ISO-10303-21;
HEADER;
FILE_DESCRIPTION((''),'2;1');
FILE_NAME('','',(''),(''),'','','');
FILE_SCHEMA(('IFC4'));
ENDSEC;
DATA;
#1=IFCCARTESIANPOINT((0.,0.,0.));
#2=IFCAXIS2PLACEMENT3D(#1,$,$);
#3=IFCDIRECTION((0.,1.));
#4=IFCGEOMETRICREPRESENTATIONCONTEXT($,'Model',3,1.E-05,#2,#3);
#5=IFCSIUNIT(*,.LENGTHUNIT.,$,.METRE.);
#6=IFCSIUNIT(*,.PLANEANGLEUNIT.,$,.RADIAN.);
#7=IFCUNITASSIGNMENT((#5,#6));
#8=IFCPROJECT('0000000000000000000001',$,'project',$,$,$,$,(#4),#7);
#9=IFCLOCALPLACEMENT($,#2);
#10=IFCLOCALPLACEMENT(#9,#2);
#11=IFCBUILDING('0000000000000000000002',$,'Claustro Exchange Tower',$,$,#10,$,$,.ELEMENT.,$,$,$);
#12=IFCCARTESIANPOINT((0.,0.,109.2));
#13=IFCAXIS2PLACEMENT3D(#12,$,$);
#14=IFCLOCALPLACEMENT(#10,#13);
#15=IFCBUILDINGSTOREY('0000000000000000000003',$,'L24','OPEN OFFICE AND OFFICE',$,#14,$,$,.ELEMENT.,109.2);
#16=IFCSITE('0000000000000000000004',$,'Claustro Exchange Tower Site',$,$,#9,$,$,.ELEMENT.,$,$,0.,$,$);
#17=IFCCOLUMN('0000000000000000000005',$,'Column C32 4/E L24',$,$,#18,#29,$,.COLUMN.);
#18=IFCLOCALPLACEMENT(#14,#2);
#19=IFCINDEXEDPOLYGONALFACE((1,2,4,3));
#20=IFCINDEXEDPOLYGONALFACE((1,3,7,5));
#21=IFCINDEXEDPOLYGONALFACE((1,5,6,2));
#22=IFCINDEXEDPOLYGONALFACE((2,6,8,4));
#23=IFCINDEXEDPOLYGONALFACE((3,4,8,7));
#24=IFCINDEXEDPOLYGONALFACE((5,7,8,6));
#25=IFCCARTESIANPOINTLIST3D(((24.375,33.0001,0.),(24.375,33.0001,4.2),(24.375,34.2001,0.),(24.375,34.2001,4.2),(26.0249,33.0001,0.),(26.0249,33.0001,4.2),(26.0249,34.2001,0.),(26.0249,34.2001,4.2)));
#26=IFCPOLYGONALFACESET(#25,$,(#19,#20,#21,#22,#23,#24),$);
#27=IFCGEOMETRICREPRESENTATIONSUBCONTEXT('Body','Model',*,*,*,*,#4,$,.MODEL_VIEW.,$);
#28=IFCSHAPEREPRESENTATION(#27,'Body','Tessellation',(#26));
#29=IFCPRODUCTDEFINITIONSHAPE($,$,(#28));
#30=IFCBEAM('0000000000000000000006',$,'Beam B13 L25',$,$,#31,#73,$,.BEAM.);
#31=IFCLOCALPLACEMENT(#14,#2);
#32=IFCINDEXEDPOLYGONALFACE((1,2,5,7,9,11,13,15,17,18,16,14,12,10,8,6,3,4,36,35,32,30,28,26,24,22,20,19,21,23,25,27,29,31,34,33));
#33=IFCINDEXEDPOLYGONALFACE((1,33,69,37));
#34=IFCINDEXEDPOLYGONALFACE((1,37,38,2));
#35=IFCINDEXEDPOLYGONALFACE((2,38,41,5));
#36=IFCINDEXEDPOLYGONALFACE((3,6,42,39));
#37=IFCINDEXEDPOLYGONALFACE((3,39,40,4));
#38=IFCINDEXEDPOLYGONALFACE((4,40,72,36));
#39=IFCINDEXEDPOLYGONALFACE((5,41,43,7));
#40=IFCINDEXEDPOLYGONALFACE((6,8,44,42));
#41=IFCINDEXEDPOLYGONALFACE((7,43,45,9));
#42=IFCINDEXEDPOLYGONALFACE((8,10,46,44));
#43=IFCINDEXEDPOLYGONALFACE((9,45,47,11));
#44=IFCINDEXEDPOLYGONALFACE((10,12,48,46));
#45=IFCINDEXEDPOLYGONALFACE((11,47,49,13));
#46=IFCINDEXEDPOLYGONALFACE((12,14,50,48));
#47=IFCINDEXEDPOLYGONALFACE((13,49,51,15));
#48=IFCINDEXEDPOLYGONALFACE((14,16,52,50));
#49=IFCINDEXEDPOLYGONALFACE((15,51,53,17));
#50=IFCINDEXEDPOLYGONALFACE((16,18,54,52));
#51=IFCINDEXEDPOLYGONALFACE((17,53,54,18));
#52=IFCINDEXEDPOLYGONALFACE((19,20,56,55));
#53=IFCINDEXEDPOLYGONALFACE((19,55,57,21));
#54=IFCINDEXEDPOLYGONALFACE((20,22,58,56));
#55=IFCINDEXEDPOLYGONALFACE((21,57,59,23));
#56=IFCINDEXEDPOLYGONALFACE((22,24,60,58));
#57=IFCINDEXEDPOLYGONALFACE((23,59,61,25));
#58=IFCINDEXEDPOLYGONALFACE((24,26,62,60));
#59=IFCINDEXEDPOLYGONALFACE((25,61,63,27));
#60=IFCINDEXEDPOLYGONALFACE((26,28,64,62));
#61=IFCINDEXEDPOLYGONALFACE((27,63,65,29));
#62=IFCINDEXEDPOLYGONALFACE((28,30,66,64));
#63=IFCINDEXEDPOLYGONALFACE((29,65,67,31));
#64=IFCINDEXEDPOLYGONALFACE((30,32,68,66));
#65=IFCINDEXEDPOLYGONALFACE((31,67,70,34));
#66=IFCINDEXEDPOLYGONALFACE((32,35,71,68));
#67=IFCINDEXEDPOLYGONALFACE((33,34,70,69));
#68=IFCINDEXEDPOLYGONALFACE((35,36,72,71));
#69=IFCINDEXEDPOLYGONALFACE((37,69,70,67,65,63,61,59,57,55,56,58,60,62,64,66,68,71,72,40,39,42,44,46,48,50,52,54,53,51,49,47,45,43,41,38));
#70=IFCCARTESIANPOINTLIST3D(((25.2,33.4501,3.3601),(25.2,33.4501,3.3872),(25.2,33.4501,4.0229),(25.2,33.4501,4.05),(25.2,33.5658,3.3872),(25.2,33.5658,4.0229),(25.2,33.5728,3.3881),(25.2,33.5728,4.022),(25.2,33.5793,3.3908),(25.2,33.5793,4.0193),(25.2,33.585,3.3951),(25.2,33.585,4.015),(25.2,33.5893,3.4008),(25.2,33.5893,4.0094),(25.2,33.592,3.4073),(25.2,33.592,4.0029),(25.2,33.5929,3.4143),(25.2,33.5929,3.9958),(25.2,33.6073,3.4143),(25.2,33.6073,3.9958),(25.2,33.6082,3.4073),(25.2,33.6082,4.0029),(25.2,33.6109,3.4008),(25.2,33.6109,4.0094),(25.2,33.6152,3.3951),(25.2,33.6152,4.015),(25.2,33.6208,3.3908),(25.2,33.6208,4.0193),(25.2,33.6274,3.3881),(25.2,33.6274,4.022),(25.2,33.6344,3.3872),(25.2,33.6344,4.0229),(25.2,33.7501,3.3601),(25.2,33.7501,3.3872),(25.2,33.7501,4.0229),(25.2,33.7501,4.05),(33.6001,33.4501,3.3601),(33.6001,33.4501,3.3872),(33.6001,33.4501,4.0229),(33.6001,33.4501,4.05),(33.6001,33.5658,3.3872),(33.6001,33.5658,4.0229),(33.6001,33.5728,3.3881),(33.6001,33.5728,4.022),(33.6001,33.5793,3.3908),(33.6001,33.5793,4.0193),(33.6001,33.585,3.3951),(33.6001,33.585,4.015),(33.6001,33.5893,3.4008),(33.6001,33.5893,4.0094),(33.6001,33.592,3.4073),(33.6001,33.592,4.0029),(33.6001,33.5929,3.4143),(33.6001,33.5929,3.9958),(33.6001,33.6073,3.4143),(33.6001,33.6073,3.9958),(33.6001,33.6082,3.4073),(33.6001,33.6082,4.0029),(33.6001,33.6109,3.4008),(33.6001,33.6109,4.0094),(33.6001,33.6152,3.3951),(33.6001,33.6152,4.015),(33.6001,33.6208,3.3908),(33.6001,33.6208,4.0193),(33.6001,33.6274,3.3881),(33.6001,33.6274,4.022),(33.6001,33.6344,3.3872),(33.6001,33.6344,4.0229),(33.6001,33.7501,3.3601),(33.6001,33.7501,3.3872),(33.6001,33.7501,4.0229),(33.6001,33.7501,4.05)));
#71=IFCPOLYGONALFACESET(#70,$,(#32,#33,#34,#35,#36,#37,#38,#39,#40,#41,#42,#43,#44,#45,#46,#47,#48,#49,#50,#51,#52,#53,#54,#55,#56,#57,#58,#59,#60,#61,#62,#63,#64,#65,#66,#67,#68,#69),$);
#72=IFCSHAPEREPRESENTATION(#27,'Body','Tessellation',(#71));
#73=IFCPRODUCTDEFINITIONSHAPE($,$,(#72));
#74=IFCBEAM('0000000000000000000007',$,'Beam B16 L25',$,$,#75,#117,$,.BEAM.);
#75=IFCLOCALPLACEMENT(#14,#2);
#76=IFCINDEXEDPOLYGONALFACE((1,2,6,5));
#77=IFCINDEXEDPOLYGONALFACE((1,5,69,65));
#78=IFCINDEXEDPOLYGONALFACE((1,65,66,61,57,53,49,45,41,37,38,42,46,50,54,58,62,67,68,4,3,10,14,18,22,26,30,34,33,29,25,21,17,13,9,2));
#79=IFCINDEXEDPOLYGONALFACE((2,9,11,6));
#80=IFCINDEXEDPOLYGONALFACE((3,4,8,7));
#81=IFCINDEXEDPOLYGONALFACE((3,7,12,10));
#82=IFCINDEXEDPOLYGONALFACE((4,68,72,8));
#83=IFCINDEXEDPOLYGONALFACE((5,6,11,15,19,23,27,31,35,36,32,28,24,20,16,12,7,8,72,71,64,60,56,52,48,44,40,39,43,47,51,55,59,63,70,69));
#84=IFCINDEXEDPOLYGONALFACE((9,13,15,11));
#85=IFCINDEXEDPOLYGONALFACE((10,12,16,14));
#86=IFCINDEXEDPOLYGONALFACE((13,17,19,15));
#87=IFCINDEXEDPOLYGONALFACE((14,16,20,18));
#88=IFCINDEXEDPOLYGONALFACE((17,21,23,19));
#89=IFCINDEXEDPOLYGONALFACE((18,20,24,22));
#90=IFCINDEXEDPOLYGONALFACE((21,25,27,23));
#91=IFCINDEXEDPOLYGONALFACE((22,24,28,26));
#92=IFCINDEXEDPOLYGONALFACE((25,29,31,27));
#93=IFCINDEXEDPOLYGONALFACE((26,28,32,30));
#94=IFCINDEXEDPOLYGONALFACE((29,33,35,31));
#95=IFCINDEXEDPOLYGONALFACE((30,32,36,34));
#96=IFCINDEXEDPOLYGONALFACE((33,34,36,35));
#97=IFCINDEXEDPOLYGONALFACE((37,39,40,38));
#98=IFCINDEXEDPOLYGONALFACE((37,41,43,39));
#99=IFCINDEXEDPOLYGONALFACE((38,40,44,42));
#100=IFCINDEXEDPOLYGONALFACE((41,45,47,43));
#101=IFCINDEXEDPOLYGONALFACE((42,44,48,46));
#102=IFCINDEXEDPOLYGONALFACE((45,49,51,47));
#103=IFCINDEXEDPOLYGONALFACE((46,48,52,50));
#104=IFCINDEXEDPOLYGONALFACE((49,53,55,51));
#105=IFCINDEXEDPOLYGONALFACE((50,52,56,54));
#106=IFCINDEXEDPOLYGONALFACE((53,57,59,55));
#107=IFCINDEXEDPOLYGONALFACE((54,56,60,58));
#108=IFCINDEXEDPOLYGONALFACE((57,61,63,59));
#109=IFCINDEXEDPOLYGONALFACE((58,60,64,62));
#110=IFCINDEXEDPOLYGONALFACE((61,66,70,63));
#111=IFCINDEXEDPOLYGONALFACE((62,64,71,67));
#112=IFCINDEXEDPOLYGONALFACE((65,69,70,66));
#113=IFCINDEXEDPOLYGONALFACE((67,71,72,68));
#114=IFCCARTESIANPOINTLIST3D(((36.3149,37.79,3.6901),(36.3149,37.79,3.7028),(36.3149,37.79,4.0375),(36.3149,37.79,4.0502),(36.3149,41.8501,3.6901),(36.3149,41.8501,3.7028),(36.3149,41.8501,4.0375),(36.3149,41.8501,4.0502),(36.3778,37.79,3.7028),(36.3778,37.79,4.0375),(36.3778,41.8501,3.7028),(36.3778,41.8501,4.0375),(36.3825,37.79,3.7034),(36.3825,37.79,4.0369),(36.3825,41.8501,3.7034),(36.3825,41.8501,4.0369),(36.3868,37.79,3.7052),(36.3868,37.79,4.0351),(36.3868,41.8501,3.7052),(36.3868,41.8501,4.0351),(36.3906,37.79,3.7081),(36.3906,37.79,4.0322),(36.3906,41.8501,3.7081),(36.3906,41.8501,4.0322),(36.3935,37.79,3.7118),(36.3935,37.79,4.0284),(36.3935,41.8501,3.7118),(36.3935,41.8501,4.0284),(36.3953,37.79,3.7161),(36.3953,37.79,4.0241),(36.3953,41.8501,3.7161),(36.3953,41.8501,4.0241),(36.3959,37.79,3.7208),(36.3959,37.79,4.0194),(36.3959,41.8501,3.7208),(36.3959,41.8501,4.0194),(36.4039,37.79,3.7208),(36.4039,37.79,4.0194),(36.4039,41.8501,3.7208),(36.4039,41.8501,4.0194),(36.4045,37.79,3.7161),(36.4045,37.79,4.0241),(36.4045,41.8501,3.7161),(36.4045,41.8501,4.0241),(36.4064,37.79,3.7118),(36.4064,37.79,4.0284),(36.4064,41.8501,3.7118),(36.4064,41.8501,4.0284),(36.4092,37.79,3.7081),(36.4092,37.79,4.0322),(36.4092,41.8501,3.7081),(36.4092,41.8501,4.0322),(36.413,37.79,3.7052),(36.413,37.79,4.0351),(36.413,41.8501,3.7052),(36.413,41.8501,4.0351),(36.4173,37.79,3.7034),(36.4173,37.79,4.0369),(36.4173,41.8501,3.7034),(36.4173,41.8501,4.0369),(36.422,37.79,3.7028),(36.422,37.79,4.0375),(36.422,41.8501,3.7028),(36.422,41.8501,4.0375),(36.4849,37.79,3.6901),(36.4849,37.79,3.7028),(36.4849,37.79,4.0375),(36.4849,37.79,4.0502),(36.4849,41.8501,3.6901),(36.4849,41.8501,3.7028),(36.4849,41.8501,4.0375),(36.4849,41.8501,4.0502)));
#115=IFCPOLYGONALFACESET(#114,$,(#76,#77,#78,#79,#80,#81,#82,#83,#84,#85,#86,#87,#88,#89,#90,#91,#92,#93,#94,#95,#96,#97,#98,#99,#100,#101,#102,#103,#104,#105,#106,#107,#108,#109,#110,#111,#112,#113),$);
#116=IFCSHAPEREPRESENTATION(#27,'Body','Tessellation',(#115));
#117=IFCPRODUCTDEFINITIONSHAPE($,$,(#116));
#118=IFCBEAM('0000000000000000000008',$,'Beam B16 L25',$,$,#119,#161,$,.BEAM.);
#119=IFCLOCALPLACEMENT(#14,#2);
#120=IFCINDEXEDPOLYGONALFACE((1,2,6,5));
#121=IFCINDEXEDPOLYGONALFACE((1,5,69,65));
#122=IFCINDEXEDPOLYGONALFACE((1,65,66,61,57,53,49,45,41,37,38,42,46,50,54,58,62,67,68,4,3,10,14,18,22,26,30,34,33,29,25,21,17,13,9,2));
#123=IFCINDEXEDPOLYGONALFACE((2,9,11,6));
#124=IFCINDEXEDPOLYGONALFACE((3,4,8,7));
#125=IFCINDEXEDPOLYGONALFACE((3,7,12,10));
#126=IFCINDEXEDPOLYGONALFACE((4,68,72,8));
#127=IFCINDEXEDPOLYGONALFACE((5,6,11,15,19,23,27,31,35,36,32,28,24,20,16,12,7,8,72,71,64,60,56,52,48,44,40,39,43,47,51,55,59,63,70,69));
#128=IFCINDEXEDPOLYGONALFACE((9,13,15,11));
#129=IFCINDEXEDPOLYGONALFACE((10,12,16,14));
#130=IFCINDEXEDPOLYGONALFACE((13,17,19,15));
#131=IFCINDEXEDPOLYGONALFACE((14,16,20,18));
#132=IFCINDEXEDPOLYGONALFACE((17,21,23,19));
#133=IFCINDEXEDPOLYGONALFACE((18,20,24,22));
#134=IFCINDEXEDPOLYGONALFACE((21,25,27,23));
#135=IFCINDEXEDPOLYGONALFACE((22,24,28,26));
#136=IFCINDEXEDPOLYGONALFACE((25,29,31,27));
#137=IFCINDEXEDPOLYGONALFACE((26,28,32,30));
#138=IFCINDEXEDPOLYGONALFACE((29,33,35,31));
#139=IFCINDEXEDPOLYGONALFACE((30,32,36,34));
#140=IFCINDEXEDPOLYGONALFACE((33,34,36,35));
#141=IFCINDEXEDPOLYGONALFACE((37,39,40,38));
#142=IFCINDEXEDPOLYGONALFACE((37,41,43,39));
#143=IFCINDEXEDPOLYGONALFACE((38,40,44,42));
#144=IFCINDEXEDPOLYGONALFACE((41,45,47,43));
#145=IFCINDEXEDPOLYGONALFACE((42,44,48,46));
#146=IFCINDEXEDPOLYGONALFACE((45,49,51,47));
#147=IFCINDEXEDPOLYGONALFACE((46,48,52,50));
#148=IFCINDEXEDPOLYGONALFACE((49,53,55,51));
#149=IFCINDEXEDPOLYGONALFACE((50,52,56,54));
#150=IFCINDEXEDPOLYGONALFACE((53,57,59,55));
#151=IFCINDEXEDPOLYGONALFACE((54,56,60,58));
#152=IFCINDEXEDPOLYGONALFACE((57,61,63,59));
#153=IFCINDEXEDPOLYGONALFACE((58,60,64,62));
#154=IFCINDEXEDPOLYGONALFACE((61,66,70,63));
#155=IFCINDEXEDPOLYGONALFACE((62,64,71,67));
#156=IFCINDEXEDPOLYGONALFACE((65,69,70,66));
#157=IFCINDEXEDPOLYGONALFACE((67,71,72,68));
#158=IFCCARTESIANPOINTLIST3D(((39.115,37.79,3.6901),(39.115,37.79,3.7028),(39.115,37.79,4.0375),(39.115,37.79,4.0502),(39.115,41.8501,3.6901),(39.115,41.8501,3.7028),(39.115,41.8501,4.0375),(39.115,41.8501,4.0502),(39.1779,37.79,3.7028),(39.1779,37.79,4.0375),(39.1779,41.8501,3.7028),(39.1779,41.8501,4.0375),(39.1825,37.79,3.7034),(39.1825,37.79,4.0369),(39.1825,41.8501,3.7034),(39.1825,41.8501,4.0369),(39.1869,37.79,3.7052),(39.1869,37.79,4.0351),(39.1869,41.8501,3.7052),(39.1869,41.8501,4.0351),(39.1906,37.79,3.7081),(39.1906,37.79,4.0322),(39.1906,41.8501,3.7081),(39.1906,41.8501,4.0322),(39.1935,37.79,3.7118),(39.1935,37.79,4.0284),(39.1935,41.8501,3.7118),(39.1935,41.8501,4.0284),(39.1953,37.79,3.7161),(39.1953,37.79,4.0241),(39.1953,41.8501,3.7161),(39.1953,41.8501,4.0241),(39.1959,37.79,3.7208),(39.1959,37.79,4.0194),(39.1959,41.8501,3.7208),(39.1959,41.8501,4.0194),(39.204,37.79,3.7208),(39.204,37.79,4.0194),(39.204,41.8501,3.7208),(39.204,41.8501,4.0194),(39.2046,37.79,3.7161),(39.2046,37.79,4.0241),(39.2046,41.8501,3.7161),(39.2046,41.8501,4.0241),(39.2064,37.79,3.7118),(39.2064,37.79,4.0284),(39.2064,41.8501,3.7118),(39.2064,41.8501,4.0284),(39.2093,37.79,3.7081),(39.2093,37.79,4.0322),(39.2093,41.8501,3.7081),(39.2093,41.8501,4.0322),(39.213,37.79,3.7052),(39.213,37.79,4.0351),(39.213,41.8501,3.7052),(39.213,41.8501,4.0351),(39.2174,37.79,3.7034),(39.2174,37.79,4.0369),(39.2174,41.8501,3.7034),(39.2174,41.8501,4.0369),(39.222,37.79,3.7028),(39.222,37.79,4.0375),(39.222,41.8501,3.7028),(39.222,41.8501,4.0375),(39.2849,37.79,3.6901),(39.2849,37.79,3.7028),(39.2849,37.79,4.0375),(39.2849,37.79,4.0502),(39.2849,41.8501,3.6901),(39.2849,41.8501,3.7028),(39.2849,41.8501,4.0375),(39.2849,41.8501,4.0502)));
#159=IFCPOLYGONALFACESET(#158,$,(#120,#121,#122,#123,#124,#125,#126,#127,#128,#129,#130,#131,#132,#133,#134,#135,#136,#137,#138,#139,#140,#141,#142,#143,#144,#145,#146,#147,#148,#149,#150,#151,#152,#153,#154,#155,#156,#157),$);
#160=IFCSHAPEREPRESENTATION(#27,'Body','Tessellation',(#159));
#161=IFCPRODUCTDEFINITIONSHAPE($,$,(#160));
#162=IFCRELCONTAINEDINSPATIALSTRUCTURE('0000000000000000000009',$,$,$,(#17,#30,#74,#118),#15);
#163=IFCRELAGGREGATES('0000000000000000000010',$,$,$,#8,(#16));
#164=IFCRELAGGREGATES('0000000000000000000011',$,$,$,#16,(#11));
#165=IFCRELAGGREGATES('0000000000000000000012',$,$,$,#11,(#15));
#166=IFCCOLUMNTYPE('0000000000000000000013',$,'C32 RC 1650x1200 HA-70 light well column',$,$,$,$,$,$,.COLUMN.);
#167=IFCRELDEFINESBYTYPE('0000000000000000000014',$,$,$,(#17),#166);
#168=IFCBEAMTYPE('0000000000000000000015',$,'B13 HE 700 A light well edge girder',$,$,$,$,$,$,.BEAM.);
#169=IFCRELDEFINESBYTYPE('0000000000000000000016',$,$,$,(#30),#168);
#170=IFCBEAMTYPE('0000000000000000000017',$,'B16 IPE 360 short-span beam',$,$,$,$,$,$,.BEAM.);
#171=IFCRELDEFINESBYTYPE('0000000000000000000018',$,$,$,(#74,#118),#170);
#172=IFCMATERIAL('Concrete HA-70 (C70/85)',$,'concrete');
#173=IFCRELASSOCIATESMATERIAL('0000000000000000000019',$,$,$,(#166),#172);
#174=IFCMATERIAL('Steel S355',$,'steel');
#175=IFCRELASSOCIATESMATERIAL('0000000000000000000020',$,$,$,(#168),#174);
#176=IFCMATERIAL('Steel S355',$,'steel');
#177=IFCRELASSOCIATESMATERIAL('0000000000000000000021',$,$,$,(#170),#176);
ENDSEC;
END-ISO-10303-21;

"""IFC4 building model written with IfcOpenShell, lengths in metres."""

from ifc_helpers import new_model, si_unit, direction, frame, origin, origin_2d, place, context, subcontext, project, spatial, rectangle, i_section, extrude, material, material_profile, profile_set, type_object, element, save


model = new_model("IFC4")

# Units and contexts
model_context = context("Model", 3, precision=1e-05, world=origin(), true_north=direction((0.0, 1.0)))
body_context = subcontext(model_context, "Body", "Model", "MODEL_VIEW")
ifc_project = project(units=[si_unit("LENGTHUNIT", "METRE"), si_unit("PLANEANGLEUNIT", "RADIAN")], contexts=[model_context])

# Site, building, storey
site_placement = place(None, origin())
site = spatial("IfcSite", under=ifc_project, at=site_placement, Name="Claustro Exchange Tower Site", CompositionType="ELEMENT", RefElevation=0.0)
building_placement = place(site_placement, origin())
building = spatial("IfcBuilding", under=site, at=building_placement, Name="Claustro Exchange Tower", CompositionType="ELEMENT")
storey_placement = place(building_placement, frame((0.0, 0.0, 109.2)))
storey = spatial("IfcBuildingStorey", under=building, at=storey_placement, Name="L24", Description="OPEN OFFICE AND OFFICE", CompositionType="ELEMENT", Elevation=109.2)

# Column
ifc_material_1 = material(Name="Concrete HA-70 (C70/85)", Category="concrete")
ifc_material_profile_1 = material_profile(ifc_material_1, rectangle(XDim=1.6499, YDim=1.2, at=origin_2d()), Name="RC 1650x1200")
ifc_profile_set_1 = profile_set([ifc_material_profile_1], Name="Concrete HA-70 (C70/85)")
column_type = type_object("IfcColumnType", Name="C32 RC 1650x1200 HA-70 light well column", PredefinedType="COLUMN", material=ifc_profile_set_1)
column_placement = place(storey_placement, frame((25.2, 33.6001, 0.0), z_axis=(0.0, 0.0, 1.0), x_axis=(1.0, 0.0, 0.0)))
element("IfcColumn", 1, at=column_placement, inside=storey, type_object=column_type, Name="Column C32 4/E L24", PredefinedType="COLUMN", context=body_context, shape_type="SweptSolid", body=[
    extrude(rectangle(XDim=1.6499, YDim=1.2, at=origin_2d()), origin(), (0.0, 0.0, 1.0), 4.2),
])

# Beams
ifc_material_2 = material(Name="Steel S355", Category="steel")
ifc_material_profile_2 = material_profile(ifc_material_2, i_section(OverallWidth=0.3, OverallDepth=0.6899, WebThickness=0.0144, FlangeThickness=0.0271, FilletRadius=0.0271, at=origin_2d()), Name="HE 700 A")
ifc_profile_set_2 = profile_set([ifc_material_profile_2], Name="Steel S355")
beam_type_1 = type_object("IfcBeamType", Name="B13 HE 700 A light well edge girder", PredefinedType="BEAM", material=ifc_profile_set_2)
beam_1_placement = place(storey_placement, frame((25.2, 33.6001, 3.7051), z_axis=(1.0, 0.0, 0.0), x_axis=(0.0, 1.0, 0.0)))
element("IfcBeam", 2, at=beam_1_placement, inside=storey, type_object=beam_type_1, Name="Beam B13 L25", PredefinedType="BEAM", context=body_context, shape_type="SweptSolid", body=[
    extrude(i_section(OverallWidth=0.3, OverallDepth=0.6899, WebThickness=0.0144, FlangeThickness=0.0271, FilletRadius=0.0271, at=origin_2d()), origin(), (0.0, 0.0, 1.0), 8.4001),
])
ifc_material_3 = material(Name="Steel S355", Category="steel")
ifc_material_profile_3 = material_profile(ifc_material_3, i_section(OverallWidth=0.1699, OverallDepth=0.3601, WebThickness=0.0081, FlangeThickness=0.0127, FilletRadius=0.0181, at=origin_2d()), Name="IPE 360")
ifc_profile_set_3 = profile_set([ifc_material_profile_3], Name="Steel S355")
beam_type_2 = type_object("IfcBeamType", Name="B16 IPE 360 short-span beam", PredefinedType="BEAM", material=ifc_profile_set_3)
for number, where, z_axis, x_axis, name in (
    (3, (36.3999, 37.79, 3.8701), (0.0, 1.0, 0.0), (-1.0, 0.0, 0.0), "Beam B16 L25"),
    (4, (39.2, 37.79, 3.8701), (0.0, 1.0, 0.0), (-1.0, 0.0, 0.0), "Beam B16 L25"),
):
    element("IfcBeam", number, at=place(storey_placement, frame(where, z_axis=z_axis, x_axis=x_axis)), inside=storey, type_object=beam_type_2, Name=name, PredefinedType="BEAM", context=body_context, shape_type="SweptSolid", body=[
        extrude(i_section(OverallWidth=0.1699, OverallDepth=0.3601, WebThickness=0.0081, FlangeThickness=0.0127, FilletRadius=0.0181, at=origin_2d()), origin(), (0.0, 0.0, 1.0), 4.0601),
    ])

save(model, "model.ifc")
